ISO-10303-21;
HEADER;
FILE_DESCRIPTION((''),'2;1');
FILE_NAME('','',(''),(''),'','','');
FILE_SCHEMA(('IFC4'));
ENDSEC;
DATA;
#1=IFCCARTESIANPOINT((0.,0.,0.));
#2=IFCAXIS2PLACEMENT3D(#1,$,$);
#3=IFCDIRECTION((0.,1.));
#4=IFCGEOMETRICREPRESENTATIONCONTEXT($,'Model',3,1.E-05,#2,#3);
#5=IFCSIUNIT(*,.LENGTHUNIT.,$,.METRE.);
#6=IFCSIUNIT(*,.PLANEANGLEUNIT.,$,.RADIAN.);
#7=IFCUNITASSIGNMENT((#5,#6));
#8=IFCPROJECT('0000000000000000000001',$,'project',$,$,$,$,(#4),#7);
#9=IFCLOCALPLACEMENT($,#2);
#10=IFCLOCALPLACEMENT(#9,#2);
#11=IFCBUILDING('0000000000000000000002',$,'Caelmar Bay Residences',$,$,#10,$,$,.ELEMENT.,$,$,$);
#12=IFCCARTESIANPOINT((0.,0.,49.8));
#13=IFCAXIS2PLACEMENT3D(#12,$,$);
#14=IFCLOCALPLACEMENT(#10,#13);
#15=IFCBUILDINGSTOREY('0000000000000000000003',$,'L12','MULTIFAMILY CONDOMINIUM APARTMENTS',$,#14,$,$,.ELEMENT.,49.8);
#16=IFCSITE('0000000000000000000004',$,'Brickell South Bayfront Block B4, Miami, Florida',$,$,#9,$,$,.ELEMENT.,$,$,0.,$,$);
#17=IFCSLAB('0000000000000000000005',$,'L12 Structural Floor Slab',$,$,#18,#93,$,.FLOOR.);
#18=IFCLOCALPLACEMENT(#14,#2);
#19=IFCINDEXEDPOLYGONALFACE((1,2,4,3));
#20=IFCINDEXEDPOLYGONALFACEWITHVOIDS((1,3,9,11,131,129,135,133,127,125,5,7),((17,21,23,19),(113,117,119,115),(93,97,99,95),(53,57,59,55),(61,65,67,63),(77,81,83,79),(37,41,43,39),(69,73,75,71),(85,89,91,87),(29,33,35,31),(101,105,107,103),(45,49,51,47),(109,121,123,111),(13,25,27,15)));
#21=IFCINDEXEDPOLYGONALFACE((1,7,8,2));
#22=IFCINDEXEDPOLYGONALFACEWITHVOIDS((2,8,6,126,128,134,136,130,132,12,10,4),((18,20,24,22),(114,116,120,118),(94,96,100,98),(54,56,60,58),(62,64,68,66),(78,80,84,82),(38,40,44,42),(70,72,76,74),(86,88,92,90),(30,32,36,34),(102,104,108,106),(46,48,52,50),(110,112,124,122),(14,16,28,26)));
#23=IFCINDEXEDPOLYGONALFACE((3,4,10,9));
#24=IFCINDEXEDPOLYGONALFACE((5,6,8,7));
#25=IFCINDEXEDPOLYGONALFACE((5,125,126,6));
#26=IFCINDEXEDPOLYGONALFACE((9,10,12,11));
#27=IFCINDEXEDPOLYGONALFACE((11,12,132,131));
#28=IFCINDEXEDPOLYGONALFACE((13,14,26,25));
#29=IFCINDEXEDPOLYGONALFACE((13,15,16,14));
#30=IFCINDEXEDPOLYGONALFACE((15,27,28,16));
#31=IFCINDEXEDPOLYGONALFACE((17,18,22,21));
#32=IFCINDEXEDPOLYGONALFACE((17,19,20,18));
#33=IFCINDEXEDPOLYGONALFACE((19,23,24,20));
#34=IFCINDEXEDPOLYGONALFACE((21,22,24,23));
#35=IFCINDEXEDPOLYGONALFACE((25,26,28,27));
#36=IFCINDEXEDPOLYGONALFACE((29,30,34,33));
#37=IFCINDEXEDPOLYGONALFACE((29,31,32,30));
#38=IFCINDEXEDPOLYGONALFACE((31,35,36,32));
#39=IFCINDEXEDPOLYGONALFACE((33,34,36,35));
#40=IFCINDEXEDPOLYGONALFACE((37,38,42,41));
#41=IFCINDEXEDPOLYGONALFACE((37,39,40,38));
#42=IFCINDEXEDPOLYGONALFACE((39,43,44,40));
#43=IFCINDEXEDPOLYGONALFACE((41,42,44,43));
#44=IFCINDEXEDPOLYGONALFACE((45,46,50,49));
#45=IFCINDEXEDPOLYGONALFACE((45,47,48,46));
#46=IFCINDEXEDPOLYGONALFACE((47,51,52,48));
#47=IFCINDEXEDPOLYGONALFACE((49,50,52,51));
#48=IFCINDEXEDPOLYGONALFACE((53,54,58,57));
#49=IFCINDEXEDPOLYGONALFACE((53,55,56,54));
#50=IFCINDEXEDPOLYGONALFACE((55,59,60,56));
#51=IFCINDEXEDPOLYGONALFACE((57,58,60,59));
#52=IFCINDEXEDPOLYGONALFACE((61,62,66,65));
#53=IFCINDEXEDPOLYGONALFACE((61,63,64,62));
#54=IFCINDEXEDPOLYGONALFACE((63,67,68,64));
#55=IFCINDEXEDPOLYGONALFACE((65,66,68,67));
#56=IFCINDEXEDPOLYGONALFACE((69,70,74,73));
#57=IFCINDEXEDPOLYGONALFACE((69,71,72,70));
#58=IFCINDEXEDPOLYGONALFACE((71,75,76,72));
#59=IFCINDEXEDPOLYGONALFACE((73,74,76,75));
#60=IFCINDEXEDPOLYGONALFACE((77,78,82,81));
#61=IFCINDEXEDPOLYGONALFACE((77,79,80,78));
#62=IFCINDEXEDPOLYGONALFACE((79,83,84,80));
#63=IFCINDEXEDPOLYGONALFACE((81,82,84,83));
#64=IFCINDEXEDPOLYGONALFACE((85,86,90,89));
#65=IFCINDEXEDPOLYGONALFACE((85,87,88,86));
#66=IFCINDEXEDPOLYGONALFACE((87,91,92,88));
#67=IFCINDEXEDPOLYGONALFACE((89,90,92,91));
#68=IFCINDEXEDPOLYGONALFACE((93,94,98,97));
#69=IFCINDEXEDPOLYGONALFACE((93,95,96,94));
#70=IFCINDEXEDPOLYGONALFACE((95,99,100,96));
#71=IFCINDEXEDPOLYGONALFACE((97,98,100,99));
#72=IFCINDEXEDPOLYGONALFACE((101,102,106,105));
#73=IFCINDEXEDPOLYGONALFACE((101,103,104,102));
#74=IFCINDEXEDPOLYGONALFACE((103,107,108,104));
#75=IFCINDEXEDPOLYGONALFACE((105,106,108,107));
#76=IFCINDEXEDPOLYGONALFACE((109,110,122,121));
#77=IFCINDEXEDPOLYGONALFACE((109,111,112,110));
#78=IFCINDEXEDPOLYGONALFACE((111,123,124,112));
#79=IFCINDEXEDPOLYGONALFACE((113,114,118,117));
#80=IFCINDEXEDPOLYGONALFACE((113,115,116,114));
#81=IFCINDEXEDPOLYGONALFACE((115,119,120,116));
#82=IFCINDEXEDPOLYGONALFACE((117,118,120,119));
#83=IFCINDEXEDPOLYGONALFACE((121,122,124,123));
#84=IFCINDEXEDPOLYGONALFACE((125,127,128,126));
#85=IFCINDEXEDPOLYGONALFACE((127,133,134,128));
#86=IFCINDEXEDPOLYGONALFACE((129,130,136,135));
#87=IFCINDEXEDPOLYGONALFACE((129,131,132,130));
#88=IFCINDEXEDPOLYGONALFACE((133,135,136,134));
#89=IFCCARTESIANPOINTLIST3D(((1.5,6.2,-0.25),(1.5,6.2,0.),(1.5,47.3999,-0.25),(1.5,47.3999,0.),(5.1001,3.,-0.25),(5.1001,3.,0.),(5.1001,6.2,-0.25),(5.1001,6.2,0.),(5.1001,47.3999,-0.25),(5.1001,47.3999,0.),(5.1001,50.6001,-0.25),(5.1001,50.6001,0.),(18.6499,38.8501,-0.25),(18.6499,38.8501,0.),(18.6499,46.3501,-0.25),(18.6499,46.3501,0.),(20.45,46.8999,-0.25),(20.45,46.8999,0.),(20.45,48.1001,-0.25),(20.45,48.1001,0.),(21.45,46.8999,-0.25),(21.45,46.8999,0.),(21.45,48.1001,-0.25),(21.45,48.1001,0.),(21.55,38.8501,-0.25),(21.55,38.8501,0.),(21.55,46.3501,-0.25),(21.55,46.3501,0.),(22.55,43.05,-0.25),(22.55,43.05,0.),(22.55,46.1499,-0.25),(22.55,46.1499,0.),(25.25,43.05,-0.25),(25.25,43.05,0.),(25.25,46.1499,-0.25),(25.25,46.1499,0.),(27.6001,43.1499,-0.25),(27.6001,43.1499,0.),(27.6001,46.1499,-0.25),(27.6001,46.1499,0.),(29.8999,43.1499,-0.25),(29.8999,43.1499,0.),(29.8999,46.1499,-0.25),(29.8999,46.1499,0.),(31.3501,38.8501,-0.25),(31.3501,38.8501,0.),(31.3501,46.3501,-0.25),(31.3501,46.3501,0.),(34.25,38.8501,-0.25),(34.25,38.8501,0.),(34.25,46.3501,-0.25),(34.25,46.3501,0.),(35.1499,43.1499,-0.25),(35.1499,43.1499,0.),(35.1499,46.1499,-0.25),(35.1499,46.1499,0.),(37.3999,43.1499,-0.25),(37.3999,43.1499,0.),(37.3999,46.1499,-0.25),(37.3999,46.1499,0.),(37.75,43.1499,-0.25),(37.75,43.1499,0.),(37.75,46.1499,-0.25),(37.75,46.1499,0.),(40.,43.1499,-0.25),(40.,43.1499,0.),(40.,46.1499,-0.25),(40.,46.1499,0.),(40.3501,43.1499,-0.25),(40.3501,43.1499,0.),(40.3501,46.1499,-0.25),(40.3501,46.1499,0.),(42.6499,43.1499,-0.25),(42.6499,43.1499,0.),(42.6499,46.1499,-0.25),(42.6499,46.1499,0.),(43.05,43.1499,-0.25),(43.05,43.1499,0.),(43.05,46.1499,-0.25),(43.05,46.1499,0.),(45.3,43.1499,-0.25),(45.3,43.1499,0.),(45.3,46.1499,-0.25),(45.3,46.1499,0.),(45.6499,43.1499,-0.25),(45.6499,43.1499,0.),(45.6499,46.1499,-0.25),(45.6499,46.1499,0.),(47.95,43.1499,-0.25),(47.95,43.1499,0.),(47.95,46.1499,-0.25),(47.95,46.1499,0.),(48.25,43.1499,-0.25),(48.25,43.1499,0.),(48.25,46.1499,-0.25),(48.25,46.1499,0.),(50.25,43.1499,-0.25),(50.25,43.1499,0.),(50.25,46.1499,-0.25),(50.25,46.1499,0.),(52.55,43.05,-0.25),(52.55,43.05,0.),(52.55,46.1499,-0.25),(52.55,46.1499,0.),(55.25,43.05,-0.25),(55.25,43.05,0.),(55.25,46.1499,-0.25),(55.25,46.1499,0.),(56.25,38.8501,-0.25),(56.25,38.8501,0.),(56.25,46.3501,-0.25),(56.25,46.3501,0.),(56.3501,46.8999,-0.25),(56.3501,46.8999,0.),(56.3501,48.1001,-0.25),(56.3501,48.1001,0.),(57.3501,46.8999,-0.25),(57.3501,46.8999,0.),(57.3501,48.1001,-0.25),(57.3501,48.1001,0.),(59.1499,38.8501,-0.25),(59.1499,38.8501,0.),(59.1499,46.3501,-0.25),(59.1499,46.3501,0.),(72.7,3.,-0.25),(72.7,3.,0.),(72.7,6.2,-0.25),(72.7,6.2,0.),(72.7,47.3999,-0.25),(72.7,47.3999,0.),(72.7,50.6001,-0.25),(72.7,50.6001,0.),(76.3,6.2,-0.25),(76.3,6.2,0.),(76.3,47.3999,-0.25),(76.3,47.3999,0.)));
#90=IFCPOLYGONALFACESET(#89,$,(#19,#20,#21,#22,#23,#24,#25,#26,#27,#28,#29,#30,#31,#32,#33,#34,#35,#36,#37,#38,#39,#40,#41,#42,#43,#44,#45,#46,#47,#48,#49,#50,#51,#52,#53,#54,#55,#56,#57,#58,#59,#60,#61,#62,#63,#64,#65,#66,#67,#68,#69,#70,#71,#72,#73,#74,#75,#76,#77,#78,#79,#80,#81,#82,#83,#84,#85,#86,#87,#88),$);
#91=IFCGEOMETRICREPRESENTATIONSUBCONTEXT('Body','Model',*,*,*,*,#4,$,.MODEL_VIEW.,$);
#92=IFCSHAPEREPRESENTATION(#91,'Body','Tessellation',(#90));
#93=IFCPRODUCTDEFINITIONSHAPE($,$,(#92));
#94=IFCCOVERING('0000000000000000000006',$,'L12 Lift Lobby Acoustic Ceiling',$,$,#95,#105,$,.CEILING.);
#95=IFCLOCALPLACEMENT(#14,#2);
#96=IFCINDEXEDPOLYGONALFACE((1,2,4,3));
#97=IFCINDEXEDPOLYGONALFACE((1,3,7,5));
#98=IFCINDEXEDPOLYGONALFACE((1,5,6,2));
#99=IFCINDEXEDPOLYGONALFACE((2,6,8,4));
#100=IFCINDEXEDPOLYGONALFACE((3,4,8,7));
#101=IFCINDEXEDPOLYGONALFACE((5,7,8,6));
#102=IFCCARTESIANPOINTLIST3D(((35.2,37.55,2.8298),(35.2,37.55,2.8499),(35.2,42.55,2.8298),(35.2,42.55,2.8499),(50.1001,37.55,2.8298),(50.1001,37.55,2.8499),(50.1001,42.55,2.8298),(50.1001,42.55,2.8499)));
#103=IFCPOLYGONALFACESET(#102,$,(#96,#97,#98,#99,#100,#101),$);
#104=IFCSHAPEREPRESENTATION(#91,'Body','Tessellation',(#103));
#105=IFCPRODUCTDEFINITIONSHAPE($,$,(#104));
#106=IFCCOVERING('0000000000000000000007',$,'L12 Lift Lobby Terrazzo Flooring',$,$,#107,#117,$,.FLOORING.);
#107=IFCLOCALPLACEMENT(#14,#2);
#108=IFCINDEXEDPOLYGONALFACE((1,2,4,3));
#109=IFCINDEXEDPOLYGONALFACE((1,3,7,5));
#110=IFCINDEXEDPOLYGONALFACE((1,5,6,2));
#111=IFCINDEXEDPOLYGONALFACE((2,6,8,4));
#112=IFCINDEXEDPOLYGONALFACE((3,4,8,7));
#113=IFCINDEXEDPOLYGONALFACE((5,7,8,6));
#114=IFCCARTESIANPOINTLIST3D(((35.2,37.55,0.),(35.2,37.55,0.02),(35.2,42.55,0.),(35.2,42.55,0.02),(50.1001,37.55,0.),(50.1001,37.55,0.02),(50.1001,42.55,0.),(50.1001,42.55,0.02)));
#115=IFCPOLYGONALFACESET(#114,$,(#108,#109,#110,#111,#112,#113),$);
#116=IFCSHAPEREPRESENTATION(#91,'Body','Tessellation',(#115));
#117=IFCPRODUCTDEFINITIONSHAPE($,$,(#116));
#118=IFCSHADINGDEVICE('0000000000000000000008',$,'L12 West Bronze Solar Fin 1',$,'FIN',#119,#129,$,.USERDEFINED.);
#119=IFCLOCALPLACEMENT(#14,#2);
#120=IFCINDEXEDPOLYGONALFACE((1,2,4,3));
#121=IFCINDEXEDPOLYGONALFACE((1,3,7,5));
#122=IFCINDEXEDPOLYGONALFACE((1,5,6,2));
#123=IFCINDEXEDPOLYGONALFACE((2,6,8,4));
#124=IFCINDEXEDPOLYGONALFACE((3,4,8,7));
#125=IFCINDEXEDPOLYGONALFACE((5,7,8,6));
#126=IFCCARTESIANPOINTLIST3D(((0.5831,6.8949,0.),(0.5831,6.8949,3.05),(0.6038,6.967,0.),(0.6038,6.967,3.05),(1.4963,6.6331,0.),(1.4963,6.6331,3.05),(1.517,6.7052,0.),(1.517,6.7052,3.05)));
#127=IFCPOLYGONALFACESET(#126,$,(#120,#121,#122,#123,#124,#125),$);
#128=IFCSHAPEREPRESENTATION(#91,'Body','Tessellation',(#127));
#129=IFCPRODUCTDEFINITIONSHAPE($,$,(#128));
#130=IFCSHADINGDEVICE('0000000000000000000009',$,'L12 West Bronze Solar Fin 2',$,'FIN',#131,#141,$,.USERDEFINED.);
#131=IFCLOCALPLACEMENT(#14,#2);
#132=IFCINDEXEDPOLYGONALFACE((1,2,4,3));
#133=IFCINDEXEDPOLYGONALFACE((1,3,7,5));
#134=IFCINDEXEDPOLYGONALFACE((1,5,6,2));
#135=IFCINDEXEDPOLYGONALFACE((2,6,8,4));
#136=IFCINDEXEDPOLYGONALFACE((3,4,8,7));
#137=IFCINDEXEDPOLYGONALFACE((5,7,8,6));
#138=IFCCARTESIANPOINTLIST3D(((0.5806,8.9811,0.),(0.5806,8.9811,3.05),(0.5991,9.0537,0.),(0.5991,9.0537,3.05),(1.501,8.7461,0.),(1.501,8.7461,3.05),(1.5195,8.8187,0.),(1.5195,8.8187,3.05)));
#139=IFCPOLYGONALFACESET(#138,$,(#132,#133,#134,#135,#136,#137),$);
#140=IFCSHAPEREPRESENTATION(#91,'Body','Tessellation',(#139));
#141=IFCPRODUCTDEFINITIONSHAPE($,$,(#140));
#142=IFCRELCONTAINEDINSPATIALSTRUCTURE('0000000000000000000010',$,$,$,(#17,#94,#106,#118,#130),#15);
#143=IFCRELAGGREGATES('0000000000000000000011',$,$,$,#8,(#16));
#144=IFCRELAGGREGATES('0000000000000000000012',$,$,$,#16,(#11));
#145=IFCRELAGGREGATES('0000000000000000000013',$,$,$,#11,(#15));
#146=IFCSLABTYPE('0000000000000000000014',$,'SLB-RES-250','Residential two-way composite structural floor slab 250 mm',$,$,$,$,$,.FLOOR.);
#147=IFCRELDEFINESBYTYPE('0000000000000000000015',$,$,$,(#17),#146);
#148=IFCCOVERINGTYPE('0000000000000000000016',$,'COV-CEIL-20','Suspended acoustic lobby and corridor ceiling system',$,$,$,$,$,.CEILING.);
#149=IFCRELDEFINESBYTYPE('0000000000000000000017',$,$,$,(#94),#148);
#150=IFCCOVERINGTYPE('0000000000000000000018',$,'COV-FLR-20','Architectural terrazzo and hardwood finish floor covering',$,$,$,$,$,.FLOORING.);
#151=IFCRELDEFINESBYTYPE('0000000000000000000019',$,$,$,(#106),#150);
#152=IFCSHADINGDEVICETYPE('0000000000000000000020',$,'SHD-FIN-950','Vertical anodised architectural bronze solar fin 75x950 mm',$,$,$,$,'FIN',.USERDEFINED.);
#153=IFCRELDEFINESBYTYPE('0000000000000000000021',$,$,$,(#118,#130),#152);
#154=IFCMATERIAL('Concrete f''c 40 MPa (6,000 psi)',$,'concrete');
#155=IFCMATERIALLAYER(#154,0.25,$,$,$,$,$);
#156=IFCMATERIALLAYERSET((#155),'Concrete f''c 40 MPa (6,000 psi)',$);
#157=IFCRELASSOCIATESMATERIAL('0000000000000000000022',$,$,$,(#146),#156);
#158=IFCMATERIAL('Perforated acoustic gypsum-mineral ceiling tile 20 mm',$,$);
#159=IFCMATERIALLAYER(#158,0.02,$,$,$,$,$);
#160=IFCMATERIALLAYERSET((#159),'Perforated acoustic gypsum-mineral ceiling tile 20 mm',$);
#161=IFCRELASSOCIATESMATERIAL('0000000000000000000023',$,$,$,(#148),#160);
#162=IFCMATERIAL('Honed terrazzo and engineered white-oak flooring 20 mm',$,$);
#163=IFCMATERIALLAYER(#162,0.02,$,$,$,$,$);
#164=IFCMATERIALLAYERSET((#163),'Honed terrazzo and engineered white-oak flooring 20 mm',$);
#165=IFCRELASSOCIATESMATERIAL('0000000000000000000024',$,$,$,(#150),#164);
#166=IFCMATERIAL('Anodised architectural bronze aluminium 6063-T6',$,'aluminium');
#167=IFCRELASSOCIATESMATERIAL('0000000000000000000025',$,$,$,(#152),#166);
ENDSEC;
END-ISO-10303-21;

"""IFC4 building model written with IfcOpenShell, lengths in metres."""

from ifc_helpers import new_model, si_unit, direction, frame, origin, origin_2d, place, context, subcontext, project, spatial, polyline, rectangle, outline, extrude, material, layer, layer_set, material_profile, profile_set, type_object, element, save


model = new_model("IFC4")

# Units and contexts
model_context = context("Model", 3, precision=1e-05, world=origin(), true_north=direction((0.0, 1.0)))
body_context = subcontext(model_context, "Body", "Model", "MODEL_VIEW")
ifc_project = project(units=[si_unit("LENGTHUNIT", "METRE"), si_unit("PLANEANGLEUNIT", "RADIAN")], contexts=[model_context])

# Site, building, storey
site_placement = place(None, origin())
site = spatial("IfcSite", under=ifc_project, at=site_placement, Name="Brickell South Bayfront Block B4, Miami, Florida", CompositionType="ELEMENT", RefElevation=0.0)
building_placement = place(site_placement, origin())
building = spatial("IfcBuilding", under=site, at=building_placement, Name="Caelmar Bay Residences", CompositionType="ELEMENT")
storey_placement = place(building_placement, frame((0.0, 0.0, 49.8)))
storey = spatial("IfcBuildingStorey", under=building, at=storey_placement, Name="L12", Description="MULTIFAMILY CONDOMINIUM APARTMENTS", CompositionType="ELEMENT", Elevation=49.8)

# Shared definitions
ifc_material_1 = material(Name="Concrete f'c 40 MPa (6,000 psi)", Category="concrete")

# Slab
ifc_layer_1 = layer(ifc_material_1, 0.25)
ifc_layer_set_1 = layer_set([ifc_layer_1], Name="Concrete f'c 40 MPa (6,000 psi)")
slab_type_1 = type_object("IfcSlabType", Name="SLB-RES-250", Description="Residential two-way composite structural floor slab 250 mm", PredefinedType="FLOOR", material=ifc_layer_set_1)
slab_1_placement = place(storey_placement, frame((0.0, 0.0, -0.25)))
element("IfcSlab", 1, at=slab_1_placement, inside=storey, type_object=slab_type_1, Name="L12 Structural Floor Slab", PredefinedType="FLOOR", context=body_context, shape_type="SweptSolid", body=[
    extrude(outline(polyline([(5.1001, 3.0), (72.7, 3.0), (72.7, 6.2), (76.3, 6.2), (76.3, 47.3999), (72.7, 47.3999), (72.7, 50.6001), (5.1001, 50.6001), (5.1001, 47.3999), (1.5, 47.3999), (1.5, 6.2), (5.1001, 6.2), (5.1001, 3.0)]), holes=[polyline([(18.6499, 38.8501), (21.55, 38.8501), (21.55, 46.3501), (18.6499, 46.3501), (18.6499, 38.8501)]), polyline([(56.25, 38.8501), (59.1499, 38.8501), (59.1499, 46.3501), (56.25, 46.3501), (56.25, 38.8501)]), polyline([(31.3501, 38.8501), (34.25, 38.8501), (34.25, 46.3501), (31.3501, 46.3501), (31.3501, 38.8501)]), polyline([(22.55, 43.05), (25.25, 43.05), (25.25, 46.1499), (22.55, 46.1499), (22.55, 43.05)]), polyline([(52.55, 43.05), (55.25, 43.05), (55.25, 46.1499), (52.55, 46.1499), (52.55, 43.05)]), polyline([(35.1499, 43.1499), (37.3999, 43.1499), (37.3999, 46.1499), (35.1499, 46.1499), (35.1499, 43.1499)]), polyline([(37.75, 43.1499), (40.0, 43.1499), (40.0, 46.1499), (37.75, 46.1499), (37.75, 43.1499)]), polyline([(40.3501, 43.1499), (42.6499, 43.1499), (42.6499, 46.1499), (40.3501, 46.1499), (40.3501, 43.1499)]), polyline([(43.05, 43.1499), (45.3, 43.1499), (45.3, 46.1499), (43.05, 46.1499), (43.05, 43.1499)]), polyline([(45.6499, 43.1499), (47.95, 43.1499), (47.95, 46.1499), (45.6499, 46.1499), (45.6499, 43.1499)]), polyline([(48.25, 43.1499), (50.25, 43.1499), (50.25, 46.1499), (48.25, 46.1499), (48.25, 43.1499)]), polyline([(27.6001, 43.1499), (29.8999, 43.1499), (29.8999, 46.1499), (27.6001, 46.1499), (27.6001, 43.1499)]), polyline([(20.45, 46.8999), (21.45, 46.8999), (21.45, 48.1001), (20.45, 48.1001), (20.45, 46.8999)]), polyline([(56.3501, 46.8999), (57.3501, 46.8999), (57.3501, 48.1001), (56.3501, 48.1001), (56.3501, 46.8999)])]), origin(), (0.0, 0.0, 1.0), 0.25),
])

# Coverings
ifc_material_2 = material(Name="Perforated acoustic gypsum-mineral ceiling tile 20 mm")
ifc_layer_2 = layer(ifc_material_2, 0.02)
ifc_layer_set_2 = layer_set([ifc_layer_2], Name="Perforated acoustic gypsum-mineral ceiling tile 20 mm")
covering_type_1 = type_object("IfcCoveringType", Name="COV-CEIL-20", Description="Suspended acoustic lobby and corridor ceiling system", PredefinedType="CEILING", material=ifc_layer_set_2)
covering_1_placement = place(storey_placement, frame((0.0, 0.0, 2.8298)))
element("IfcCovering", 2, at=covering_1_placement, inside=storey, type_object=covering_type_1, Name="L12 Lift Lobby Acoustic Ceiling", PredefinedType="CEILING", context=body_context, shape_type="SweptSolid", body=[
    extrude(outline(polyline([(35.2, 37.55), (50.1001, 37.55), (50.1001, 42.55), (35.2, 42.55), (35.2, 37.55)])), origin(), (0.0, 0.0, 1.0), 0.02),
])
ifc_material_3 = material(Name="Honed terrazzo and engineered white-oak flooring 20 mm")
ifc_layer_3 = layer(ifc_material_3, 0.02)
ifc_layer_set_3 = layer_set([ifc_layer_3], Name="Honed terrazzo and engineered white-oak flooring 20 mm")
covering_type_2 = type_object("IfcCoveringType", Name="COV-FLR-20", Description="Architectural terrazzo and hardwood finish floor covering", PredefinedType="FLOORING", material=ifc_layer_set_3)
covering_2_placement = place(storey_placement, origin())
element("IfcCovering", 3, at=covering_2_placement, inside=storey, type_object=covering_type_2, Name="L12 Lift Lobby Terrazzo Flooring", PredefinedType="FLOORING", context=body_context, shape_type="SweptSolid", body=[
    extrude(outline(polyline([(35.2, 37.55), (50.1001, 37.55), (50.1001, 42.55), (35.2, 42.55), (35.2, 37.55)])), origin(), (0.0, 0.0, 1.0), 0.02),
])

# Shading devices
ifc_material_4 = material(Name="Anodised architectural bronze aluminium 6063-T6", Category="aluminium")
ifc_material_profile_1 = material_profile(ifc_material_4, rectangle(XDim=0.075, YDim=0.95, at=origin_2d()), Name="BRONZE-FIN-75X950")
ifc_profile_set_1 = profile_set([ifc_material_profile_1], Name="Anodised architectural bronze aluminium 6063-T6")
shading_device_type = type_object("IfcShadingDeviceType", Name="SHD-FIN-950", Description="Vertical anodised architectural bronze solar fin 75x950 mm", ElementType="FIN", PredefinedType="USERDEFINED", material=ifc_profile_set_1)
for number, where, z_axis, x_axis, name in (
    (4, (1.05, 6.8, 0.0), (0.0, 0.0, 1.0), (0.275637, 0.961262, 0.0), "L12 West Bronze Solar Fin 1"),
    (5, (1.05, 8.8999, 0.0), (0.0, 0.0, 1.0), (0.247337, 0.968929, 0.0), "L12 West Bronze Solar Fin 2"),
):
    element("IfcShadingDevice", number, at=place(storey_placement, frame(where, z_axis=z_axis, x_axis=x_axis)), inside=storey, type_object=shading_device_type, Name=name, ObjectType="FIN", PredefinedType="USERDEFINED", context=body_context, shape_type="SweptSolid", body=[
        extrude(rectangle(XDim=0.075, YDim=0.95, at=origin_2d()), origin(), (0.0, 0.0, 1.0), 3.05),
    ])

save(model, "model.ifc")
